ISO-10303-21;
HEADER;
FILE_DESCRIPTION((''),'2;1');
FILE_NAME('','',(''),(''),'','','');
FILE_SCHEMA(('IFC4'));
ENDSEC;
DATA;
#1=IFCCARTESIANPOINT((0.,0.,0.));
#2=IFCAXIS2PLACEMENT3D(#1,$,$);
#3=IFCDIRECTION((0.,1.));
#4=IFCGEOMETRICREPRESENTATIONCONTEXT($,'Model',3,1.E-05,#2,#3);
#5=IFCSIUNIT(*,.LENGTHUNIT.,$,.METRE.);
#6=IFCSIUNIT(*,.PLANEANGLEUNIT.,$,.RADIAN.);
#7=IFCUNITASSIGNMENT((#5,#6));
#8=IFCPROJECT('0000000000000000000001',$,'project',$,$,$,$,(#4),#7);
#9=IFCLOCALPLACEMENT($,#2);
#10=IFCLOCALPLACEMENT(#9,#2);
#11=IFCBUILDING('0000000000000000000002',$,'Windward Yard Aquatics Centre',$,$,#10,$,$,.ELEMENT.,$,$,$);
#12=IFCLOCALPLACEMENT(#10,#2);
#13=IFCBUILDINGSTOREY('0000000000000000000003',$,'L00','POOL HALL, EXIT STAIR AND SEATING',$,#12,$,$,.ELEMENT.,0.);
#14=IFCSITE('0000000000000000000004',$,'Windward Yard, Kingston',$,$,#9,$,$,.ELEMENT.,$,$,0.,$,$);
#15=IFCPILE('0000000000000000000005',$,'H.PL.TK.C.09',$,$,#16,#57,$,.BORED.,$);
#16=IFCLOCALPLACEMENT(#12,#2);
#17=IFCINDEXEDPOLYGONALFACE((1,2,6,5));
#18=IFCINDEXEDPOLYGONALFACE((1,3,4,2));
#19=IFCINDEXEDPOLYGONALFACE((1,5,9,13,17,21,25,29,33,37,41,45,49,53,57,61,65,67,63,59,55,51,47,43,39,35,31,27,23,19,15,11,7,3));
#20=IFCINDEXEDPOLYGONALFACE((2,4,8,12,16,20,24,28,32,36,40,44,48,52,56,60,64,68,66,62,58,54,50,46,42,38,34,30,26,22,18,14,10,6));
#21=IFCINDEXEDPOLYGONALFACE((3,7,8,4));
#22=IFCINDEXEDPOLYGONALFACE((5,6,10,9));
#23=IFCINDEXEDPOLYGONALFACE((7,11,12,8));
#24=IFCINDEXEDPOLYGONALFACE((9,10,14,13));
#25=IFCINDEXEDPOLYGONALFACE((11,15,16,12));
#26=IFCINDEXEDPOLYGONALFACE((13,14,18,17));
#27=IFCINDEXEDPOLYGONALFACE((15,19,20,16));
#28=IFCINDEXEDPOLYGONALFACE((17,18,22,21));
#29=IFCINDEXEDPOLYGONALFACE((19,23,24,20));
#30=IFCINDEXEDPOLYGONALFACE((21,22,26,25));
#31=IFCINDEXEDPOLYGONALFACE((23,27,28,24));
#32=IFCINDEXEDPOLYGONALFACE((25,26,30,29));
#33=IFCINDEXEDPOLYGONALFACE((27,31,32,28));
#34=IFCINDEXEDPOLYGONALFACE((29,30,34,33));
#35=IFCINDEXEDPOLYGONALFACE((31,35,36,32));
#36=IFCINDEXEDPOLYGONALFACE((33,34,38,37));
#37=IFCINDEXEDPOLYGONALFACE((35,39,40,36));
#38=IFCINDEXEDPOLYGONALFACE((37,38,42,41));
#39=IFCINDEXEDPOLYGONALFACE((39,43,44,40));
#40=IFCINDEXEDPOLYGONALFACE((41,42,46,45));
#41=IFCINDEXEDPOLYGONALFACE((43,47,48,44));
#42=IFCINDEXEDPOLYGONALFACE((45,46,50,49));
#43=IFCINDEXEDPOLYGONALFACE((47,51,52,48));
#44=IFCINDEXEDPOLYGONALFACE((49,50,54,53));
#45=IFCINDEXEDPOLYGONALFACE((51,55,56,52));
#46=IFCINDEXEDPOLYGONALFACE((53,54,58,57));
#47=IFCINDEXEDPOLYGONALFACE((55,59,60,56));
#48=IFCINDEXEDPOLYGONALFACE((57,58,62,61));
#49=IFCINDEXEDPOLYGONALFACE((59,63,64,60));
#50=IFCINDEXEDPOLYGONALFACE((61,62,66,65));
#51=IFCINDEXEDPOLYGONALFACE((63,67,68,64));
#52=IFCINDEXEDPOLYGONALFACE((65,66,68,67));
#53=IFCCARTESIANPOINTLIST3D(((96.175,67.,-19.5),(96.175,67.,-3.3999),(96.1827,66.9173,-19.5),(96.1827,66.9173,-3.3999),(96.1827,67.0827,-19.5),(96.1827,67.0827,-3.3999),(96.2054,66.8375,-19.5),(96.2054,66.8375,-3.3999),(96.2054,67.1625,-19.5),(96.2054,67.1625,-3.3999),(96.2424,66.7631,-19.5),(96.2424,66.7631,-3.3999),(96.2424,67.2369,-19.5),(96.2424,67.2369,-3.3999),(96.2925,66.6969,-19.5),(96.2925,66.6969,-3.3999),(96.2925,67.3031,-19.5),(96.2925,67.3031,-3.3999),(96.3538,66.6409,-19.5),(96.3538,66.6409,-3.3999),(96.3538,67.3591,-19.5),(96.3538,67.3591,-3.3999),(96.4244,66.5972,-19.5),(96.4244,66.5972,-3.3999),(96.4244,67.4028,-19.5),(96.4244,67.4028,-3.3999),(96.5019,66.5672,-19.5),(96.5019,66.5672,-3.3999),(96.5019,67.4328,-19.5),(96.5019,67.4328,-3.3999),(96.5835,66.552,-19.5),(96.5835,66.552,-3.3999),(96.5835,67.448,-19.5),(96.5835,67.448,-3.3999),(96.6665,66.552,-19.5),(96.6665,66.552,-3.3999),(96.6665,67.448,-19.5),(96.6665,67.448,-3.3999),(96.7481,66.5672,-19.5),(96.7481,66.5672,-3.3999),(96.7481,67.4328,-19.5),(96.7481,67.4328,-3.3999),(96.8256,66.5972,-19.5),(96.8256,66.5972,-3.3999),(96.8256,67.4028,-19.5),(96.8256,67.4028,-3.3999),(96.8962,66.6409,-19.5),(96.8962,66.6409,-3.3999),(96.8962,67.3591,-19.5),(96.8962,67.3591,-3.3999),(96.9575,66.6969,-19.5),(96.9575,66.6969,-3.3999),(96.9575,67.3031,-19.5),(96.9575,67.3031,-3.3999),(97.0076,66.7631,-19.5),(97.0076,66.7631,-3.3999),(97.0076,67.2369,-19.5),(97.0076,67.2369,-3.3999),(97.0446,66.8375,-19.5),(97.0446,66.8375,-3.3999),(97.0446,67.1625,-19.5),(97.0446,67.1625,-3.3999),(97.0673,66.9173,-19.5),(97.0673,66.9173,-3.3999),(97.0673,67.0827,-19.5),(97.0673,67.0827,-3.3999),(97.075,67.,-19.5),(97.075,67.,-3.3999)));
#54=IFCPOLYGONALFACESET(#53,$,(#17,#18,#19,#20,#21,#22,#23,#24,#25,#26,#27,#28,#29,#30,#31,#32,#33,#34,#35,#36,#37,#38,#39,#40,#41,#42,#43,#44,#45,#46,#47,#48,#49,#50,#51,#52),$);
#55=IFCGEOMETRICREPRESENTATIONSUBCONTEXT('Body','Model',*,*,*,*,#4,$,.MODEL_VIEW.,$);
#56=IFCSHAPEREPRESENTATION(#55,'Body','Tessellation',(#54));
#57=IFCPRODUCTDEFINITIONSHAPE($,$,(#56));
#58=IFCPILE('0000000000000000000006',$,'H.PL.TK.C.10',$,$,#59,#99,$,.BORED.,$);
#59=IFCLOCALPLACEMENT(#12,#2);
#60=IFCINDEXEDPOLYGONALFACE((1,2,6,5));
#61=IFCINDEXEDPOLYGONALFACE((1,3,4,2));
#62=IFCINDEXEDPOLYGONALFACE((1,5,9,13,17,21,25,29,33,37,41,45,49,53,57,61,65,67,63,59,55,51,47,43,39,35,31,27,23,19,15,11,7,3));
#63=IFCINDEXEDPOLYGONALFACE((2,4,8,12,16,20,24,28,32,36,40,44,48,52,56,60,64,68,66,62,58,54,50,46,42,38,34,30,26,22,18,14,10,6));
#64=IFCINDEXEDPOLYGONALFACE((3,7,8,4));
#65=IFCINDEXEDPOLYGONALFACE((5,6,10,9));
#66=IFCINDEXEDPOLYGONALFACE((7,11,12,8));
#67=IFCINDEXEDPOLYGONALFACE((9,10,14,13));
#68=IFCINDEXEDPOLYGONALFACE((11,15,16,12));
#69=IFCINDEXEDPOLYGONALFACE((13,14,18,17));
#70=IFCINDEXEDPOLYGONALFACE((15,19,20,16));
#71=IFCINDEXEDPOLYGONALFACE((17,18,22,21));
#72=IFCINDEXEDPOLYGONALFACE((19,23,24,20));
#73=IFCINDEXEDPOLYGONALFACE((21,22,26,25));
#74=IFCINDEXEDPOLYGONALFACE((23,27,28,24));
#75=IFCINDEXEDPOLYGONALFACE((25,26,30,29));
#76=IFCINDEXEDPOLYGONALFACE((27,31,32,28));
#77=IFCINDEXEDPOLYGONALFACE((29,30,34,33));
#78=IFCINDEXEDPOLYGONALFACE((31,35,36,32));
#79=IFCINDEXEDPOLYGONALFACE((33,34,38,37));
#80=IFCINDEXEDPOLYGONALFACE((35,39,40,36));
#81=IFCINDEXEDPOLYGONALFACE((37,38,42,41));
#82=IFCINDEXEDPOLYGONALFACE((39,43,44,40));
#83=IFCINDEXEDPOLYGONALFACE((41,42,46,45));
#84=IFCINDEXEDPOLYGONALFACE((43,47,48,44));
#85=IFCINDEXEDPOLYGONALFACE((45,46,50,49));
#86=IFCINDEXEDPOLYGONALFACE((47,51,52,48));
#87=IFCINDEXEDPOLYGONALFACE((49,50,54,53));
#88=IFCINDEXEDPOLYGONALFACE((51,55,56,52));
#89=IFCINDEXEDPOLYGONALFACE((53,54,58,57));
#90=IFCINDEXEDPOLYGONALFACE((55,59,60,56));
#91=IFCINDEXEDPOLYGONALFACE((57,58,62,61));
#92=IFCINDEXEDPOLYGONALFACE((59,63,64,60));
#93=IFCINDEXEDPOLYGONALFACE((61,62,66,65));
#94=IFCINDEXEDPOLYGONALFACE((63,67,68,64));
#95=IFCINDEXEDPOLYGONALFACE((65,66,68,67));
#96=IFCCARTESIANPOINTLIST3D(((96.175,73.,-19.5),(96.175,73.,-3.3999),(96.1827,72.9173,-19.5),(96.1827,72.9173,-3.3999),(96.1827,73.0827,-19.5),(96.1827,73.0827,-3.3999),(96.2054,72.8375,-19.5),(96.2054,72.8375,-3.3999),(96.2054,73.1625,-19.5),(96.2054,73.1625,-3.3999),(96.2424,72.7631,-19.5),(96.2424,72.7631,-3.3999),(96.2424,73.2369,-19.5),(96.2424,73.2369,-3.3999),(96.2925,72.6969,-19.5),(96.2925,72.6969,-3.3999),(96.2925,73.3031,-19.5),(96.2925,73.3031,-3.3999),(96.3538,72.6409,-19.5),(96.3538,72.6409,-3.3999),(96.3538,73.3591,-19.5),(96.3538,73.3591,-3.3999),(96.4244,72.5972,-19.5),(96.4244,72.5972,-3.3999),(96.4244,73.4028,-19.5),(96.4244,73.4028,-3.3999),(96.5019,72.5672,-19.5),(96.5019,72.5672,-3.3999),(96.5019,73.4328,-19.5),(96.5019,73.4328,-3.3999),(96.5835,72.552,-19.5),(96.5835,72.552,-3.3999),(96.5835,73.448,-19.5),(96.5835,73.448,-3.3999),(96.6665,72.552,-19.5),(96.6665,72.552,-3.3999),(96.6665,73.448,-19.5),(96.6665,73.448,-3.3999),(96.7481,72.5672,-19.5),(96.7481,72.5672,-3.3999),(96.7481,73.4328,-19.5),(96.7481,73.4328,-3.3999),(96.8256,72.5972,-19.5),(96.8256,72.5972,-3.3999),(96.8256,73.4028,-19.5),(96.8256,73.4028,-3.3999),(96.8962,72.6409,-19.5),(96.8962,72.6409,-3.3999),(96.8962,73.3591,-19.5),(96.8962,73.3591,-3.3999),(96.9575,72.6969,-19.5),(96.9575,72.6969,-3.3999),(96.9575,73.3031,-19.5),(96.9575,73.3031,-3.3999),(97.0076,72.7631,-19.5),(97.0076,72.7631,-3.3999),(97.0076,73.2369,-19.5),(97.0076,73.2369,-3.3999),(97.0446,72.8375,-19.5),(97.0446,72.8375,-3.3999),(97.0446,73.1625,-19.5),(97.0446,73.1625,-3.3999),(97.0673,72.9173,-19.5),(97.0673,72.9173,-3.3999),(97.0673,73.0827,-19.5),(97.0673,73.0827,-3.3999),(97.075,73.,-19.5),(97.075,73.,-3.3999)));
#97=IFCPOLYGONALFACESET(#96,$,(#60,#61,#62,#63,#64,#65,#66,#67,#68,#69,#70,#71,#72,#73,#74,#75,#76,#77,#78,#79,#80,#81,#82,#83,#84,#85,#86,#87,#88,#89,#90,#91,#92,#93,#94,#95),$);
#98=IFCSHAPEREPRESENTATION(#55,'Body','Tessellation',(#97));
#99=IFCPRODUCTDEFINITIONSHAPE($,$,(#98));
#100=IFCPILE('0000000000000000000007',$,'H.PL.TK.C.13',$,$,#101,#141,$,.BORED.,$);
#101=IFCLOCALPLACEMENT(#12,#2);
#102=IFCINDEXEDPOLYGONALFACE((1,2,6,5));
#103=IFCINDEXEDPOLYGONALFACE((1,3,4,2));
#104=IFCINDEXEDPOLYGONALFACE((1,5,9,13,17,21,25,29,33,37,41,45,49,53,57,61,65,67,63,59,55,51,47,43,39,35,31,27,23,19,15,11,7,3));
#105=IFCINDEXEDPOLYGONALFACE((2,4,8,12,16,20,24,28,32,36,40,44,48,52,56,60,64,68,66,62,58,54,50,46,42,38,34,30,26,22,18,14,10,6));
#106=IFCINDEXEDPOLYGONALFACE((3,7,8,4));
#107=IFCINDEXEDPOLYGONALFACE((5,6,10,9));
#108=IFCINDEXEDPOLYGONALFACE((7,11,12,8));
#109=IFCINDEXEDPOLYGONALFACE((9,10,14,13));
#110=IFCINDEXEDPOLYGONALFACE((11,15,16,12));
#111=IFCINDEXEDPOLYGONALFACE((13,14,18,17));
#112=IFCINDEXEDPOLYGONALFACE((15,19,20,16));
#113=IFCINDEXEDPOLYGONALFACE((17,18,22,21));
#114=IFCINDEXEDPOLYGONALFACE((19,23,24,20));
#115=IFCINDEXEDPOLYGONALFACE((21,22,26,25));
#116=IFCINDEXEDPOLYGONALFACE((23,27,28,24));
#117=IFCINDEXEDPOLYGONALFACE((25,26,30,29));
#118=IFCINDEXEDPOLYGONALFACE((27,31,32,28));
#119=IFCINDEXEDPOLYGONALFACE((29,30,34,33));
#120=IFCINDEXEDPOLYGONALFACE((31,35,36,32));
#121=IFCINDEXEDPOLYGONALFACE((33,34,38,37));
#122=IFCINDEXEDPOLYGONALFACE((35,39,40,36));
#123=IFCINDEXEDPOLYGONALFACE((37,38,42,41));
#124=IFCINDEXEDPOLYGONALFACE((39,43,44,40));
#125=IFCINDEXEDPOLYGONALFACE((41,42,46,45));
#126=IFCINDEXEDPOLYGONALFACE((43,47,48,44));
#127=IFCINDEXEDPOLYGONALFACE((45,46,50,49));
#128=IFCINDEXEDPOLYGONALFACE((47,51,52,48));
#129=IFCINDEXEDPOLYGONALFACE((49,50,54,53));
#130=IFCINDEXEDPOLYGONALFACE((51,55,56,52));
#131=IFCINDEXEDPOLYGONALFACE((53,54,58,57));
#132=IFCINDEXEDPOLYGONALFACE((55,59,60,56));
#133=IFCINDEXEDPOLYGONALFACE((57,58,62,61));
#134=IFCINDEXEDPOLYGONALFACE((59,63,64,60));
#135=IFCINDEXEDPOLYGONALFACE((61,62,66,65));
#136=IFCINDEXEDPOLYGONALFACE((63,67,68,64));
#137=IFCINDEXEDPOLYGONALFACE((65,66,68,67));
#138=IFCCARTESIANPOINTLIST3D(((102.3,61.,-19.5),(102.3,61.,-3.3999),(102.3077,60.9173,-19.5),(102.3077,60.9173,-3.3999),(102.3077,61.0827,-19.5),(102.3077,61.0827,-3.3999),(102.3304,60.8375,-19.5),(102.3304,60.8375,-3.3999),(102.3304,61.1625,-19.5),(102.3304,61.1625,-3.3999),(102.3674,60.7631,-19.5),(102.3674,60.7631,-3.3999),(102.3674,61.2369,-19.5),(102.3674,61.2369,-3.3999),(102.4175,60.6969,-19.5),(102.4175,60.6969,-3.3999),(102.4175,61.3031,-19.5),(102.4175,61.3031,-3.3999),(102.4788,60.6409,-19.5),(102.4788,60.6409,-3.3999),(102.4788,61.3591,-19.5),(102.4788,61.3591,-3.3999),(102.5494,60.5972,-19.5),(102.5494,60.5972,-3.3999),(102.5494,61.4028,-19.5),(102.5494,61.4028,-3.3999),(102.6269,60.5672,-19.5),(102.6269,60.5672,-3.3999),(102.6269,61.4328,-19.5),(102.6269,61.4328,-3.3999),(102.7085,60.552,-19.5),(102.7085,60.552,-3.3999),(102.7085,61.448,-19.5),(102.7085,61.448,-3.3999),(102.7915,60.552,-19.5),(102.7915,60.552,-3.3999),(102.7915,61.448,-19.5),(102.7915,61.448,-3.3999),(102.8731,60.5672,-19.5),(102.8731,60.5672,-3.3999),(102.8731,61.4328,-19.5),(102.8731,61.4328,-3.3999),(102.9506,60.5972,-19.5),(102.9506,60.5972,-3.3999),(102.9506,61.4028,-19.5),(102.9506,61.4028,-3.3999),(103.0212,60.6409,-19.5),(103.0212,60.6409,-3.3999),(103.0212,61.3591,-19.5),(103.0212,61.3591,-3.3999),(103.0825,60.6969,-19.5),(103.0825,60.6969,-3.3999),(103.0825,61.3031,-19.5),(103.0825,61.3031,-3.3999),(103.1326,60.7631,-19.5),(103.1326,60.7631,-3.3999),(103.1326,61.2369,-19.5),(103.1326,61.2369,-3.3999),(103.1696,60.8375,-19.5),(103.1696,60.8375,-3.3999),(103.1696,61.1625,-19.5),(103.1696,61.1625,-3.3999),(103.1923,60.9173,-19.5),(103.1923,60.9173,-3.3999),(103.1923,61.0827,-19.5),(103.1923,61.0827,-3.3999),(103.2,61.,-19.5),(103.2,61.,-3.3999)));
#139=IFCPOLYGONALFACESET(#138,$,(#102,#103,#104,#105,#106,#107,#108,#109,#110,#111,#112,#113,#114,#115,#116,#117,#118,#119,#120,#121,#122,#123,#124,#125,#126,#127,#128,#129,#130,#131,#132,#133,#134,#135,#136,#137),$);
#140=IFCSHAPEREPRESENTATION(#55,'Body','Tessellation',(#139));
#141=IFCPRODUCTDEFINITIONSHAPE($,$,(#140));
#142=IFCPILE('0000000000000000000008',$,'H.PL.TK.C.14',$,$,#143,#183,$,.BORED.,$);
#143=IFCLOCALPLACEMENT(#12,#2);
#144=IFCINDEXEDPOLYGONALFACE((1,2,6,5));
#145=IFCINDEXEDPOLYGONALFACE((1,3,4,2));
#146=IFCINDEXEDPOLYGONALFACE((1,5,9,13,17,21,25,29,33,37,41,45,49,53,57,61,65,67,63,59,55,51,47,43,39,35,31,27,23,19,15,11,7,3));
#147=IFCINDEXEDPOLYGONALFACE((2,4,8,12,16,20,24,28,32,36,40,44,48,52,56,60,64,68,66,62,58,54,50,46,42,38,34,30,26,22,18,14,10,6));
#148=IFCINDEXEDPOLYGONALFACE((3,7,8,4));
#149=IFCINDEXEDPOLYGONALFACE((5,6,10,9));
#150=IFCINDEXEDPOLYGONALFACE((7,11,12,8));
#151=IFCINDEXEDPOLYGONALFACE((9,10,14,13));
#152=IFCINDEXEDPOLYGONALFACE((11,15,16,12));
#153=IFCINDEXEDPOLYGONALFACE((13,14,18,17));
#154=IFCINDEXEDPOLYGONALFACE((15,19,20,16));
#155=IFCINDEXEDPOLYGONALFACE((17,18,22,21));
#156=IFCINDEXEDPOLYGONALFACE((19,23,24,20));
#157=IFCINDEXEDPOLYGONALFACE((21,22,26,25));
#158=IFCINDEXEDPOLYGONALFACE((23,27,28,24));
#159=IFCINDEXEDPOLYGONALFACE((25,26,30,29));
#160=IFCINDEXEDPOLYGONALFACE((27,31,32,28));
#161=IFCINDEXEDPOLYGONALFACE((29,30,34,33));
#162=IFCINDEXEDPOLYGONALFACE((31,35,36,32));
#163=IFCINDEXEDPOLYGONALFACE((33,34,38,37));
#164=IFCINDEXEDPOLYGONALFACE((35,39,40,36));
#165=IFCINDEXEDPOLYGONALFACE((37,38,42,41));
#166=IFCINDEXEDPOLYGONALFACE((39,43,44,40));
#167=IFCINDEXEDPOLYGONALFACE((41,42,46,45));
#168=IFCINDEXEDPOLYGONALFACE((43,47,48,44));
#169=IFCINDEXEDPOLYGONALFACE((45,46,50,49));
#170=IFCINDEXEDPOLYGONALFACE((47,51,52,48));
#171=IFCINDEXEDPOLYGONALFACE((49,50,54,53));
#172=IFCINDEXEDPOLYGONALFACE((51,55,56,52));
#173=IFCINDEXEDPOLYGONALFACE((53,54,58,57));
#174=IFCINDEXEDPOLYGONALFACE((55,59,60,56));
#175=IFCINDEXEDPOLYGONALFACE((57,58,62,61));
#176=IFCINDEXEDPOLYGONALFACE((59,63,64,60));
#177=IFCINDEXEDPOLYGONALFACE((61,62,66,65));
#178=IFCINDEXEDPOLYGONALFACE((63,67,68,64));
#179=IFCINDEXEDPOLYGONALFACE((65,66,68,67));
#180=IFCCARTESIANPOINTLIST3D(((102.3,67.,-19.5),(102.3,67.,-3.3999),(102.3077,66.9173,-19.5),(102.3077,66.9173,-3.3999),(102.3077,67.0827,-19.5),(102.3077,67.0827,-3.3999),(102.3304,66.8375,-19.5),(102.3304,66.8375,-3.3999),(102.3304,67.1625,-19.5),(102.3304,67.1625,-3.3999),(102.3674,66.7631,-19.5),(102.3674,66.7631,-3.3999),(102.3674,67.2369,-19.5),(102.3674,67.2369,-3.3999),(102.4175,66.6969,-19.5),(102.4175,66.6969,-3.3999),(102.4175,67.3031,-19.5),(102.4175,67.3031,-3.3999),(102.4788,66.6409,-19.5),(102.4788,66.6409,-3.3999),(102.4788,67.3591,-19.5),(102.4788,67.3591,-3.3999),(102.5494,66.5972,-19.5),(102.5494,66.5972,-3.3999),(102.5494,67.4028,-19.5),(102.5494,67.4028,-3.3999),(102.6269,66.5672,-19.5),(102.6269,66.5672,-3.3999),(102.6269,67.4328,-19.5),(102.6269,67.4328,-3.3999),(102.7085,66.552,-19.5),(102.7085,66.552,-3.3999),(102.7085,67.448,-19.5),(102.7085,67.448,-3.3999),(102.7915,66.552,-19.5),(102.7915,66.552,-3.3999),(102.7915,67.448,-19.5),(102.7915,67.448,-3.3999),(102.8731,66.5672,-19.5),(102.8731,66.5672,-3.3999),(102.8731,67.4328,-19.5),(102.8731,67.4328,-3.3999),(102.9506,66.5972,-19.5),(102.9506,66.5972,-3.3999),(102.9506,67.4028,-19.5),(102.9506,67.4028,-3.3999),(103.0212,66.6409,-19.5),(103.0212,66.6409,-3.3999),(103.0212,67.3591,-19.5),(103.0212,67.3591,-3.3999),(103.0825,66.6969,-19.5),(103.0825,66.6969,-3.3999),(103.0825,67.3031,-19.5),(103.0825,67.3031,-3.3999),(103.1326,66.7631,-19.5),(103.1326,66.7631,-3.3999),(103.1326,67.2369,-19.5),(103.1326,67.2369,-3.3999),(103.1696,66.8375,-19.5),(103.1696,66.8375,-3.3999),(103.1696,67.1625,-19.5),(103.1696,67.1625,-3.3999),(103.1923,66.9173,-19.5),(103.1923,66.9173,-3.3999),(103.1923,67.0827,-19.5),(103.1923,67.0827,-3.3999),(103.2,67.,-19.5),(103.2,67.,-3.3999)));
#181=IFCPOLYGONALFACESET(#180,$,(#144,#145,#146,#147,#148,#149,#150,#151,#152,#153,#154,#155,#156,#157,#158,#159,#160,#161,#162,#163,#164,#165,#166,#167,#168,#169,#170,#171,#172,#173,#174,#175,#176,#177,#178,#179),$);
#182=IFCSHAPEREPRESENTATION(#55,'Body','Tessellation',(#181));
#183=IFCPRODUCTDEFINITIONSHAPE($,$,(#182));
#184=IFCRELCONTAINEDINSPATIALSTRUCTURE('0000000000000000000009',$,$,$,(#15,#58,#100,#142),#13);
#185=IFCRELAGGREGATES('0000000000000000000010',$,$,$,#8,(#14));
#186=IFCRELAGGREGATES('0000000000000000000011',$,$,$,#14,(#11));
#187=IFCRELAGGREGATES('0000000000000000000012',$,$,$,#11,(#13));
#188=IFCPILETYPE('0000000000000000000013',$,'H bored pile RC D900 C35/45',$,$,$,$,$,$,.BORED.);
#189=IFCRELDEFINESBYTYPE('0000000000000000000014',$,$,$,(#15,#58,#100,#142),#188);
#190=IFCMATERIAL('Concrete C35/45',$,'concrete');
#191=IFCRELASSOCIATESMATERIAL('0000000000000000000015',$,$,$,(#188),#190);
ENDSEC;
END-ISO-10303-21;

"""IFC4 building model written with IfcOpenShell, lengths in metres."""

from ifc_helpers import new_model, si_unit, direction, frame, origin, origin_2d, place, context, subcontext, project, spatial, circle, extrude, material, material_profile, profile_set, type_object, element, save


model = new_model("IFC4")

# Units and contexts
model_context = context("Model", 3, precision=1e-05, world=origin(), true_north=direction((0.0, 1.0)))
body_context = subcontext(model_context, "Body", "Model", "MODEL_VIEW")
ifc_project = project(units=[si_unit("LENGTHUNIT", "METRE"), si_unit("PLANEANGLEUNIT", "RADIAN")], contexts=[model_context])

# Site, building, storey
site_placement = place(None, origin())
site = spatial("IfcSite", under=ifc_project, at=site_placement, Name="Windward Yard, Kingston", CompositionType="ELEMENT", RefElevation=0.0)
building_placement = place(site_placement, origin())
building = spatial("IfcBuilding", under=site, at=building_placement, Name="Windward Yard Aquatics Centre", CompositionType="ELEMENT")
storey_placement = place(building_placement, origin())
storey = spatial("IfcBuildingStorey", under=building, at=storey_placement, Name="L00", Description="POOL HALL, EXIT STAIR AND SEATING", CompositionType="ELEMENT", Elevation=0.0)

# Piles
ifc_material_1 = material(Name="Concrete C35/45", Category="concrete")
ifc_material_profile_1 = material_profile(ifc_material_1, circle(Radius=0.45, at=origin_2d()), Name="RC D900")
ifc_profile_set_1 = profile_set([ifc_material_profile_1], Name="Concrete C35/45")
pile_type = type_object("IfcPileType", Name="H bored pile RC D900 C35/45", PredefinedType="BORED", material=ifc_profile_set_1)
for number, where, z_axis, x_axis, name in (
    (1, (96.625, 67.0, -3.3999), (0.0, 0.0, -1.0), (1.0, 0.0, 0.0), "H.PL.TK.C.09"),
    (2, (96.625, 73.0, -3.3999), (0.0, 0.0, -1.0), (1.0, 0.0, 0.0), "H.PL.TK.C.10"),
    (3, (102.75, 61.0, -3.3999), (0.0, 0.0, -1.0), (1.0, 0.0, 0.0), "H.PL.TK.C.13"),
    (4, (102.75, 67.0, -3.3999), (0.0, 0.0, -1.0), (1.0, 0.0, 0.0), "H.PL.TK.C.14"),
):
    element("IfcPile", number, at=place(storey_placement, frame(where, z_axis=z_axis, x_axis=x_axis)), inside=storey, type_object=pile_type, Name=name, PredefinedType="BORED", context=body_context, shape_type="SweptSolid", body=[
        extrude(circle(Radius=0.45, at=origin_2d()), origin(), (0.0, 0.0, 1.0), 16.1001),
    ])

save(model, "model.ifc")
